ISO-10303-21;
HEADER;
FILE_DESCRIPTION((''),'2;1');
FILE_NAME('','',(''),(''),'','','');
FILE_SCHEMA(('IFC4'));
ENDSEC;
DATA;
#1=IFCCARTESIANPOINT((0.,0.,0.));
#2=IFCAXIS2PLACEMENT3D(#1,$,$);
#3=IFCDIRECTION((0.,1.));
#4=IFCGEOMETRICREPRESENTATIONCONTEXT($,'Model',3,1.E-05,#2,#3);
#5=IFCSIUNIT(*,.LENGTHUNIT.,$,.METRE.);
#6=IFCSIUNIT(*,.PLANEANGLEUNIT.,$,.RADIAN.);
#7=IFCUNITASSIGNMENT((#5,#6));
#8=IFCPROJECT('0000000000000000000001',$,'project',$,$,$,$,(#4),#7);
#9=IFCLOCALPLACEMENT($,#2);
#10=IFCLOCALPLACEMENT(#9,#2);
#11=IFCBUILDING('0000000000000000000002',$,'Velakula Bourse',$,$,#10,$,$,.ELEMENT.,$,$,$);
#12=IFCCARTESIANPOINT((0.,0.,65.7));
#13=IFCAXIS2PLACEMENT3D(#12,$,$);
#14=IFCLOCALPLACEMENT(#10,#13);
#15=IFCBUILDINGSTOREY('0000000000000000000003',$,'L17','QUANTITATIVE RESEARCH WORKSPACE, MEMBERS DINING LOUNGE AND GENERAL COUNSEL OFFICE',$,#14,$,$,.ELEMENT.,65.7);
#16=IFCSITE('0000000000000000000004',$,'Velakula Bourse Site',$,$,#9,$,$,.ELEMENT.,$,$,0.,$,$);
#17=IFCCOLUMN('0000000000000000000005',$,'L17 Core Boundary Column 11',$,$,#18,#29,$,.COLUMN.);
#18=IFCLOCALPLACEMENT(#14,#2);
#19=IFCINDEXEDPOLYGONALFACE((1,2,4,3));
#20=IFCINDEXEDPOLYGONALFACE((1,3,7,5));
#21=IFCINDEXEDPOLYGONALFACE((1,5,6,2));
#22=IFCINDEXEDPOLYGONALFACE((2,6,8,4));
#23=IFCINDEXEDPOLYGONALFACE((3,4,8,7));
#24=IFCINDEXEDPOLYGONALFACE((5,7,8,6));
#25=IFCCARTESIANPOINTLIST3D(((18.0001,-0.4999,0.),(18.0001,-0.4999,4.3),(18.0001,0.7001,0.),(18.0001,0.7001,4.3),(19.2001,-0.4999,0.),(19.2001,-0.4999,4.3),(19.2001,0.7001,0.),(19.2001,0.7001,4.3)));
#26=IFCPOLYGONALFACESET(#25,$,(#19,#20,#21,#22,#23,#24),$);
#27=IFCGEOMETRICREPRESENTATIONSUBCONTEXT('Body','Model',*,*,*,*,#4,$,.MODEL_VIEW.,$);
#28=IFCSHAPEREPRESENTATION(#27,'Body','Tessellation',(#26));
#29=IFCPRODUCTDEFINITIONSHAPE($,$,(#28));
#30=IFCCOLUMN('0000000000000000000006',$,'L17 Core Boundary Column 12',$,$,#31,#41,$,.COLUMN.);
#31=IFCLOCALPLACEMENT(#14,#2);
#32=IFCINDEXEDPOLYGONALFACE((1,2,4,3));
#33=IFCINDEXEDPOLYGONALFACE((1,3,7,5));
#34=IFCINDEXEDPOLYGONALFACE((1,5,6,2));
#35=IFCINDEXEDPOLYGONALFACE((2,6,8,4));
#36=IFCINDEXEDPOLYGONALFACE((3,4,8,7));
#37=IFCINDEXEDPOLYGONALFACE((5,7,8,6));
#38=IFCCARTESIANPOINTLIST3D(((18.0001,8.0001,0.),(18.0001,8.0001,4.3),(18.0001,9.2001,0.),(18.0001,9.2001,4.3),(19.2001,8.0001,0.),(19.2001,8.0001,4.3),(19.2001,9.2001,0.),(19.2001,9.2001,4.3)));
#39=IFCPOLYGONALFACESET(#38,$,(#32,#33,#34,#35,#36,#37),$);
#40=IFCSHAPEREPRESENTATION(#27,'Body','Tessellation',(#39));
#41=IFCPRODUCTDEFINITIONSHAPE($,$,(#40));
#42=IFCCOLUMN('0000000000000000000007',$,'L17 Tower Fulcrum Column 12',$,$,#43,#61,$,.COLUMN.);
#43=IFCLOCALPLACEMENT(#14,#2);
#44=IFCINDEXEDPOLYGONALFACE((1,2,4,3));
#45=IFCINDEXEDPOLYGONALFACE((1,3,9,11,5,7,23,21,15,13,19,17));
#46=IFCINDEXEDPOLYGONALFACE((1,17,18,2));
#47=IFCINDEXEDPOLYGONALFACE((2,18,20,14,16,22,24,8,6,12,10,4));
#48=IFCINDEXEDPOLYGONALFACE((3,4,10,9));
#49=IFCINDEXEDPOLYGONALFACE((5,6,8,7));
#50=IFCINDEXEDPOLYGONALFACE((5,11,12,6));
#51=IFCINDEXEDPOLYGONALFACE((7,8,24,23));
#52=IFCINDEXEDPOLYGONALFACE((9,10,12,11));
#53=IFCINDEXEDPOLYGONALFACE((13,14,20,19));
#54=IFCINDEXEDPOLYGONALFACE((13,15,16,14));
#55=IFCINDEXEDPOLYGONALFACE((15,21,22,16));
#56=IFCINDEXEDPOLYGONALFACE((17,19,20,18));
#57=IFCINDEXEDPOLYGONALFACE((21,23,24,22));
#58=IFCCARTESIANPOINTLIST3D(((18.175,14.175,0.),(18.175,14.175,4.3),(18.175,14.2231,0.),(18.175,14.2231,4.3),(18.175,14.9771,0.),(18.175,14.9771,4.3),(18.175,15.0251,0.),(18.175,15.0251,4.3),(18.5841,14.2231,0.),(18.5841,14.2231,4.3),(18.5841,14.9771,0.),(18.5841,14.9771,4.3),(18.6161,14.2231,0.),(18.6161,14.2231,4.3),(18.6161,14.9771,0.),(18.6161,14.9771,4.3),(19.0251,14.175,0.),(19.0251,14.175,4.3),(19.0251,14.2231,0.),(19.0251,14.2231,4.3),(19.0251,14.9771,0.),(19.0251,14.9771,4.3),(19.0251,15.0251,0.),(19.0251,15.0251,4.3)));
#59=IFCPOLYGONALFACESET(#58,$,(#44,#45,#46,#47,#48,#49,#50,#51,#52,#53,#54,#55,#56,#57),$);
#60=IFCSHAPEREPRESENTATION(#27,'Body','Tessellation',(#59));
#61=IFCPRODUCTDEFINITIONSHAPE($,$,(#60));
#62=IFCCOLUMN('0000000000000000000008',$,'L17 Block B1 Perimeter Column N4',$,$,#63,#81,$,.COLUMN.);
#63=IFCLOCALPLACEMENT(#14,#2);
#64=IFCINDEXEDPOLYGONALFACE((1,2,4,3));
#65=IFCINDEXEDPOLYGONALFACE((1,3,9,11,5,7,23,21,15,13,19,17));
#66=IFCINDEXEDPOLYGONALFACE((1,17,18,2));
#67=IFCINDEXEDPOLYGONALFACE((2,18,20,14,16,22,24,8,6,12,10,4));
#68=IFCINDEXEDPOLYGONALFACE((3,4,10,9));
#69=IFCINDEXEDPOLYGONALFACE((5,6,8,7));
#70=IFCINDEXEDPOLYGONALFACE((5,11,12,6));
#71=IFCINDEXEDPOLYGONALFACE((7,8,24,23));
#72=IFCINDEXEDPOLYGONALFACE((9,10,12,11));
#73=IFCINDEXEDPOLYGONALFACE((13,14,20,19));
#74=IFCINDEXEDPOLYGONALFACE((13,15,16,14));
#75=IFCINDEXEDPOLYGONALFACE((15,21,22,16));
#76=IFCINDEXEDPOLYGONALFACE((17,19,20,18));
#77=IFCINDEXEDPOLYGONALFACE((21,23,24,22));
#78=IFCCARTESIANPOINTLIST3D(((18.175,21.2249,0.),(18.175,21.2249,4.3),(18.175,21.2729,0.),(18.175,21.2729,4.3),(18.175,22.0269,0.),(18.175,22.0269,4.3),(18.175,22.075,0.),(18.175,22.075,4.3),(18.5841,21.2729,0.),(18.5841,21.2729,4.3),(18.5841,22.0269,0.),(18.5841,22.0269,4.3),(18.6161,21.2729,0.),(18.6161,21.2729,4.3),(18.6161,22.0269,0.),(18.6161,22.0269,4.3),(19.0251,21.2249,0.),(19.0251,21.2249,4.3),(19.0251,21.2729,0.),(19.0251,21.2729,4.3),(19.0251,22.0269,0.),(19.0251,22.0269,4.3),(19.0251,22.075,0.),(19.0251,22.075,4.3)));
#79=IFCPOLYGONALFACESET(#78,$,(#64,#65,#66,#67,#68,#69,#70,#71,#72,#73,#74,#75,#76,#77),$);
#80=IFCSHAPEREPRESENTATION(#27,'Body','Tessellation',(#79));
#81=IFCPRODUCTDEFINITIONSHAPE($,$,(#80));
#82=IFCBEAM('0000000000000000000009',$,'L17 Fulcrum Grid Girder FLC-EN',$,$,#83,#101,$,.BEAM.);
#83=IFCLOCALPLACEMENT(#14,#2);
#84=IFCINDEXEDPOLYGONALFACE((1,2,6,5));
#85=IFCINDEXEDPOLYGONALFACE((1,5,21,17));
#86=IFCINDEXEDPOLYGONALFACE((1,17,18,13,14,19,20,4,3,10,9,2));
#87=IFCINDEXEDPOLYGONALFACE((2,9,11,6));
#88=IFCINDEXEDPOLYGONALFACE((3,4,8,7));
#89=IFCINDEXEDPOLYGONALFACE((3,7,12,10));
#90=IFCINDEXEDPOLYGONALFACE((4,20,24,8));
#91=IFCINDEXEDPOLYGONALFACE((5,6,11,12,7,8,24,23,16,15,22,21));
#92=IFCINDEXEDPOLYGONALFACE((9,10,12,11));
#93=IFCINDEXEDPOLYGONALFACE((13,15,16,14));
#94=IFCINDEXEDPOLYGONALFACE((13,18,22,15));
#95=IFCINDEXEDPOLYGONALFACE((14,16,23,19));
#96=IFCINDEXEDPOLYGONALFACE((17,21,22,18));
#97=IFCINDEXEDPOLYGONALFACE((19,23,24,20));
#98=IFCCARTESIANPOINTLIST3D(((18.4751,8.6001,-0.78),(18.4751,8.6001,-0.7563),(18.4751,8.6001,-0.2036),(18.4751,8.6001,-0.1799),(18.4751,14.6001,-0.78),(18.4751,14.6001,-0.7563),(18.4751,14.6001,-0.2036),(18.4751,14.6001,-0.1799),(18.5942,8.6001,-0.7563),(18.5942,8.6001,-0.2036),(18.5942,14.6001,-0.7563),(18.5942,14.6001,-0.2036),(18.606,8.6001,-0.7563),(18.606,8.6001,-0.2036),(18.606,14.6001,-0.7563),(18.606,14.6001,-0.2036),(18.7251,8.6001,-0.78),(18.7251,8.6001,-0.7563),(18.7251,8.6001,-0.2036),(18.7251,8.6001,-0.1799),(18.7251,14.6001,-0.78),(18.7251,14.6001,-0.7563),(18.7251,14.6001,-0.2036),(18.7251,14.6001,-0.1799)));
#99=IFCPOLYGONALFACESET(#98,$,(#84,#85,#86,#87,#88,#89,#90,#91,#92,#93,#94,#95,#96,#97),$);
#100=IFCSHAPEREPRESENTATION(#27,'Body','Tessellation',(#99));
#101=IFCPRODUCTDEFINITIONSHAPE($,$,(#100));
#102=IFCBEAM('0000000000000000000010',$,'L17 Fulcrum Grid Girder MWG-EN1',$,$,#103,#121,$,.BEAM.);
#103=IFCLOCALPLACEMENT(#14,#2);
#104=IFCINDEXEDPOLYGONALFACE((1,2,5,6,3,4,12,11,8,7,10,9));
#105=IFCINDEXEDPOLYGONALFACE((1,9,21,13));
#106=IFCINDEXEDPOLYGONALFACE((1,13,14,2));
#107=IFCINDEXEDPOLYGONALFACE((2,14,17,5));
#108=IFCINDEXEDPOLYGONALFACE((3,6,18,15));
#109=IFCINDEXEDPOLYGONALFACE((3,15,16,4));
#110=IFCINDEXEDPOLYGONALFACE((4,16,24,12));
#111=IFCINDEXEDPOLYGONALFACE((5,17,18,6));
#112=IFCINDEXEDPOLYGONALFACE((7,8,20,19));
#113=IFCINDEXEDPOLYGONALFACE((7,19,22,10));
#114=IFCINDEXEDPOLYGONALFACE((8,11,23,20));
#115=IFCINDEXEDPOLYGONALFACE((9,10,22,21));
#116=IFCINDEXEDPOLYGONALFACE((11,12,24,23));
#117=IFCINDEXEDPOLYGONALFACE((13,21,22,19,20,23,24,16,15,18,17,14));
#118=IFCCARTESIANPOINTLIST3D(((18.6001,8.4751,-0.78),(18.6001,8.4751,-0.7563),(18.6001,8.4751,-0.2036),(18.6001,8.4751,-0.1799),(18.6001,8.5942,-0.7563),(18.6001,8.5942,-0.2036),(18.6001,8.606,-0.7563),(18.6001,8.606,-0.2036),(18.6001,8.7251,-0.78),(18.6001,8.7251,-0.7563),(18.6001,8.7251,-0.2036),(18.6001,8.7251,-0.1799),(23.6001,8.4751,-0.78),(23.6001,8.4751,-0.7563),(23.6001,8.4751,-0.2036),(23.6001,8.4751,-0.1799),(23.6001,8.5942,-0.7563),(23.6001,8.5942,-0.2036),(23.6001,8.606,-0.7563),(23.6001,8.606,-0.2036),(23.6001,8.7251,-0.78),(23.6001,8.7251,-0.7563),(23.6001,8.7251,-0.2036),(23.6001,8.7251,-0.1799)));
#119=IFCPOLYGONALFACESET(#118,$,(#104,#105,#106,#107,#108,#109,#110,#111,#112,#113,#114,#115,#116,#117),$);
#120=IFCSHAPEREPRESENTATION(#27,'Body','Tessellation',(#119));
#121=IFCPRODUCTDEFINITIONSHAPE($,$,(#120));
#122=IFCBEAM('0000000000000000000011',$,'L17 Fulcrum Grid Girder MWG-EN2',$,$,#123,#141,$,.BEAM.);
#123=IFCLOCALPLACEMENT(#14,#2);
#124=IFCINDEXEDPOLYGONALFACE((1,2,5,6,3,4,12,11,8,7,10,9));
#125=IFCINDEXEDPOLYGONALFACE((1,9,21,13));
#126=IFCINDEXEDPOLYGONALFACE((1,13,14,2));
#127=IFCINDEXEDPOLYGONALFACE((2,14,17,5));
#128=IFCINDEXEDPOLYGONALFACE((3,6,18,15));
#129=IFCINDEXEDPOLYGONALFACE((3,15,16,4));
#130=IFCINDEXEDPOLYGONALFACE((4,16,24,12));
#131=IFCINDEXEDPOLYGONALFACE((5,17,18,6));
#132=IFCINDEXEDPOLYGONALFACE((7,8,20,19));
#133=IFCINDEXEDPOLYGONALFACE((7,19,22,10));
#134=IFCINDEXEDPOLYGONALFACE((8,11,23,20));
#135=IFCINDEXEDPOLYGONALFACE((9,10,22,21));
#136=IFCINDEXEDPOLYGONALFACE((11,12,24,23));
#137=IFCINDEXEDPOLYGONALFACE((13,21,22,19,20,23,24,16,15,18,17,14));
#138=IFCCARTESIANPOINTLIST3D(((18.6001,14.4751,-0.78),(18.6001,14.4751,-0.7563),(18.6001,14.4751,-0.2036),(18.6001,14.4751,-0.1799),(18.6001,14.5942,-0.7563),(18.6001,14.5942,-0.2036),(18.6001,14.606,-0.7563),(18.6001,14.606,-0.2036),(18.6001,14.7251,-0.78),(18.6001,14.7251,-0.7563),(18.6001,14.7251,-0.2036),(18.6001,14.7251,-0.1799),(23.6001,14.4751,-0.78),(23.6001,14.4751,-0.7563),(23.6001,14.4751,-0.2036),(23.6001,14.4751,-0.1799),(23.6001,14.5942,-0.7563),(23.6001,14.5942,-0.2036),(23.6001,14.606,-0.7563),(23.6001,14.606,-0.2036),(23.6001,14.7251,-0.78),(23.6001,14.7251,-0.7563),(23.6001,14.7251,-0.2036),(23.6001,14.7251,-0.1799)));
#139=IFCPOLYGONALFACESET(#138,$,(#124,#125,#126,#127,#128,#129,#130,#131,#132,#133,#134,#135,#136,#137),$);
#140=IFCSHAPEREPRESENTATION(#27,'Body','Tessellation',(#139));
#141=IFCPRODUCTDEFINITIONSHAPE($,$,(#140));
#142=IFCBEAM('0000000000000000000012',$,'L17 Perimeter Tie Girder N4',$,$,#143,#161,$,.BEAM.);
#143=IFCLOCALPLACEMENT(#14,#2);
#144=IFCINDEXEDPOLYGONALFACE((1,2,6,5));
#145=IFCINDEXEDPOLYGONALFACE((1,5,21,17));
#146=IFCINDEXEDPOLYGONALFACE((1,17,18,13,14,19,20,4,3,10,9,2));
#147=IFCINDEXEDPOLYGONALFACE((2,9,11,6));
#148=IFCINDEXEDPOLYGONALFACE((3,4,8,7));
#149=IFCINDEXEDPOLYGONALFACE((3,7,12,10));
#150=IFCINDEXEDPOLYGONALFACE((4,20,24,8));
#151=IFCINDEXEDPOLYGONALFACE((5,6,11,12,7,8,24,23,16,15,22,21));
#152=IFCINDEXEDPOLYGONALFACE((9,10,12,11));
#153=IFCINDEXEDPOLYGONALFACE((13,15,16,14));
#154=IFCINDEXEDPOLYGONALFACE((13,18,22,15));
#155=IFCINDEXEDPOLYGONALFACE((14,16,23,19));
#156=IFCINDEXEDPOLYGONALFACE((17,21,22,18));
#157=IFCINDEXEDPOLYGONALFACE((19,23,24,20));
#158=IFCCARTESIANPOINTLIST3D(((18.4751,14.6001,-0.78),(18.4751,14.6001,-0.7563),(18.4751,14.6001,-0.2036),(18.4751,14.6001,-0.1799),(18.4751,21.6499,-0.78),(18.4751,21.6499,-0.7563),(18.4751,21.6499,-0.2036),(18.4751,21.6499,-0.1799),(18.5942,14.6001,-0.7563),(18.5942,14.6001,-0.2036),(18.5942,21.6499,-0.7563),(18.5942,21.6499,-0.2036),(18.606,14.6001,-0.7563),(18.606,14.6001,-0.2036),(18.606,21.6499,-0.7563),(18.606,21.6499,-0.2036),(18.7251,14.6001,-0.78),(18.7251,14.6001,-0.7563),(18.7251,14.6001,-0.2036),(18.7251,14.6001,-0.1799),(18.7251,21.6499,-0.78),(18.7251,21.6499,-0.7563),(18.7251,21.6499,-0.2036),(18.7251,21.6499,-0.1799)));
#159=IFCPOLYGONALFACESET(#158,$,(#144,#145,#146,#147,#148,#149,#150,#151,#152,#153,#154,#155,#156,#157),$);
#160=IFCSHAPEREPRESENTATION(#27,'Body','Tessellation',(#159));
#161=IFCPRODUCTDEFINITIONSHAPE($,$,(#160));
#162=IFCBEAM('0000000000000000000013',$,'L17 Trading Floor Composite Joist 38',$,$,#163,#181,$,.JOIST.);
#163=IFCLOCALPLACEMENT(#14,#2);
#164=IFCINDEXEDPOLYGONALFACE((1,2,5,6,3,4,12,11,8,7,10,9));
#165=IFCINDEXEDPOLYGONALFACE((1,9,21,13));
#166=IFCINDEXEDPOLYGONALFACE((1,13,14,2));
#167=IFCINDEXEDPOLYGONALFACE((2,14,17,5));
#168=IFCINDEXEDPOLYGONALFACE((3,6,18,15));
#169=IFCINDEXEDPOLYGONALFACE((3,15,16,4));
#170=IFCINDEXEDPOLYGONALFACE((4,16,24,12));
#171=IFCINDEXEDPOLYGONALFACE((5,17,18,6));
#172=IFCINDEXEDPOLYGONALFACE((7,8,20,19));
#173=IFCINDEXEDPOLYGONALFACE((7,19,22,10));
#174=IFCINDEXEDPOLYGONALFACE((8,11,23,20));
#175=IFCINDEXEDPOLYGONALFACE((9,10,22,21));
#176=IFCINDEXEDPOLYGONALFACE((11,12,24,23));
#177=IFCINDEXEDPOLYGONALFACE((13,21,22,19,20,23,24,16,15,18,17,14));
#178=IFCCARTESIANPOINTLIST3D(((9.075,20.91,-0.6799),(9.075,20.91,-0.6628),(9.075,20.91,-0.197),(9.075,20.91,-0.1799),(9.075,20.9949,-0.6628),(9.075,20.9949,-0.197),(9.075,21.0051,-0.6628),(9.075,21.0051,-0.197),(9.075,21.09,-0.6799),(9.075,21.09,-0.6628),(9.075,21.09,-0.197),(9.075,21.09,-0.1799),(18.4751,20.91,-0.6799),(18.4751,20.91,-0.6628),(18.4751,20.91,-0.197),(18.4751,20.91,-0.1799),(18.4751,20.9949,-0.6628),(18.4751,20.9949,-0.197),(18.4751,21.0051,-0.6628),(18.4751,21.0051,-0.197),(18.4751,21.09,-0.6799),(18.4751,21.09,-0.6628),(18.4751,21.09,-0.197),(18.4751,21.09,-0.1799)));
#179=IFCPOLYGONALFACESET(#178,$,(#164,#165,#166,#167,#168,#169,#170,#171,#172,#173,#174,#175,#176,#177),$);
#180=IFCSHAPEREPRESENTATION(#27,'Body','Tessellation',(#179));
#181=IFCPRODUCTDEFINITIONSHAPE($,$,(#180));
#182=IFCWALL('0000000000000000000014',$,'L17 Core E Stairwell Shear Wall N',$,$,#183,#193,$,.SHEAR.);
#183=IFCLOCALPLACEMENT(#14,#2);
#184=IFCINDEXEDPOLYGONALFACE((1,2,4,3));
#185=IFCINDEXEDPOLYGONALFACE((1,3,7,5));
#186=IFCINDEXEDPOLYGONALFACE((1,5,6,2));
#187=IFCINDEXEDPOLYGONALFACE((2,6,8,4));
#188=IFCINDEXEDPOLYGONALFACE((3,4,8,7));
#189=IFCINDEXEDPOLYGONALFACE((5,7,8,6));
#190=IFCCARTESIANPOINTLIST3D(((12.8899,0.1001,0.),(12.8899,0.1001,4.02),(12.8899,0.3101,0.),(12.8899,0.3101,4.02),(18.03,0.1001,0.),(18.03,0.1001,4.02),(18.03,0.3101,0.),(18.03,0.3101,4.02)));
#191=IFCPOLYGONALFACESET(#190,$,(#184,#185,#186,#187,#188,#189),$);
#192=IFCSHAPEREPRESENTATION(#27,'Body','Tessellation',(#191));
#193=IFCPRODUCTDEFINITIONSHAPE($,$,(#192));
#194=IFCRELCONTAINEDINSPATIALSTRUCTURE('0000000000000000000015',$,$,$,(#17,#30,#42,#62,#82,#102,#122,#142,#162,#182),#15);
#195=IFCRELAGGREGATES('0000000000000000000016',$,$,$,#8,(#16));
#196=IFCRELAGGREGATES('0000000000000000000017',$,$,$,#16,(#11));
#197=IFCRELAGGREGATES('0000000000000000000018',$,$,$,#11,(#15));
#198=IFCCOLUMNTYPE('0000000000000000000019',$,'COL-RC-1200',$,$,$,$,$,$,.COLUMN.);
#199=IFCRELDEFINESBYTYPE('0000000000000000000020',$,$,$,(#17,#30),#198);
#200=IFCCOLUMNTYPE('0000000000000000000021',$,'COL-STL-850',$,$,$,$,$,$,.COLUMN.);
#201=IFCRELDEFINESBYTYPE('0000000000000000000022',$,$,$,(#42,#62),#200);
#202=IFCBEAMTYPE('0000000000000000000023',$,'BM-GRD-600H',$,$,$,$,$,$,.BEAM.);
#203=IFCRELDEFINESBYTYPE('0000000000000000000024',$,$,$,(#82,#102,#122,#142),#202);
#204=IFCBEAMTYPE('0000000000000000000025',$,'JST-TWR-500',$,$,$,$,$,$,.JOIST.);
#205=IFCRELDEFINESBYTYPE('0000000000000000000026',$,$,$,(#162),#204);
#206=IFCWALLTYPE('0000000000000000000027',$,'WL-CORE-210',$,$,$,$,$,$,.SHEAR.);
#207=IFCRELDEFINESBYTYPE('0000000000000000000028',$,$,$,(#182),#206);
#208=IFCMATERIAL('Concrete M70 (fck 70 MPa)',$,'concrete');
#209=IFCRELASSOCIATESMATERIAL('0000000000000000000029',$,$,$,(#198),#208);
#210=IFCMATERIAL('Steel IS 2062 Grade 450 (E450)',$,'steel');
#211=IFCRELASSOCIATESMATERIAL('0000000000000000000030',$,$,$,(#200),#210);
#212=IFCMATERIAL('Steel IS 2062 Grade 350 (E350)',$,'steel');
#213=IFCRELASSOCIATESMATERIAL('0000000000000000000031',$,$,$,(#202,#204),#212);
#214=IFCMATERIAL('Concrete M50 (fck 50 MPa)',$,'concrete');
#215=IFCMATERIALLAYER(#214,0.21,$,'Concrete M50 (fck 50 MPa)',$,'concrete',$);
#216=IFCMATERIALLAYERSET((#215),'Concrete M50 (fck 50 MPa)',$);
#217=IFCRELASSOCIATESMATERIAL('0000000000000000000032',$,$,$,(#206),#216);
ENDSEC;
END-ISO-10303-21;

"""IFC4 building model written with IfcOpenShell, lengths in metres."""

from ifc_helpers import new_model, si_unit, direction, frame, frame_2d, origin, origin_2d, place, context, subcontext, project, spatial, rectangle, i_section, extrude, material, layer, layer_set, material_profile, profile_set, type_object, element, save


model = new_model("IFC4")

# Units and contexts
model_context = context("Model", 3, precision=1e-05, world=origin(), true_north=direction((0.0, 1.0)))
body_context = subcontext(model_context, "Body", "Model", "MODEL_VIEW")
ifc_project = project(units=[si_unit("LENGTHUNIT", "METRE"), si_unit("PLANEANGLEUNIT", "RADIAN")], contexts=[model_context])

# Site, building, storey
site_placement = place(None, origin())
site = spatial("IfcSite", under=ifc_project, at=site_placement, Name="Velakula Bourse Site", CompositionType="ELEMENT", RefElevation=0.0)
building_placement = place(site_placement, origin())
building = spatial("IfcBuilding", under=site, at=building_placement, Name="Velakula Bourse", CompositionType="ELEMENT")
storey_placement = place(building_placement, frame((0.0, 0.0, 65.7)))
storey = spatial("IfcBuildingStorey", under=building, at=storey_placement, Name="L17", Description="QUANTITATIVE RESEARCH WORKSPACE, MEMBERS DINING LOUNGE AND GENERAL COUNSEL OFFICE", CompositionType="ELEMENT", Elevation=65.7)

# Columns
ifc_material_1 = material(Name="Concrete M70 (fck 70 MPa)", Category="concrete")
ifc_material_profile_1 = material_profile(ifc_material_1, rectangle(XDim=1.2, YDim=1.2, at=origin_2d()), Name="Concrete M70 (fck 70 MPa)")
ifc_profile_set_1 = profile_set([ifc_material_profile_1], Name="Concrete M70 (fck 70 MPa)")
column_type_1 = type_object("IfcColumnType", Name="COL-RC-1200", PredefinedType="COLUMN", material=ifc_profile_set_1)
for number, where, z_axis, x_axis, name in (
    (1, (18.6001, 0.1001, 0.0), (0.0, 0.0, 1.0), (1.0, 0.0, 0.0), "L17 Core Boundary Column 11"),
    (2, (18.6001, 8.6001, 0.0), (0.0, 0.0, 1.0), (1.0, 0.0, 0.0), "L17 Core Boundary Column 12"),
):
    element("IfcColumn", number, at=place(storey_placement, frame(where, z_axis=z_axis, x_axis=x_axis)), inside=storey, type_object=column_type_1, Name=name, PredefinedType="COLUMN", context=body_context, shape_type="SweptSolid", body=[
        extrude(rectangle(XDim=1.2, YDim=1.2, at=origin_2d()), origin(), (0.0, 0.0, 1.0), 4.3),
    ])
ifc_material_2 = material(Name="Steel IS 2062 Grade 450 (E450)", Category="steel")
ifc_material_profile_2 = material_profile(ifc_material_2, i_section(OverallWidth=0.8501, OverallDepth=0.8501, WebThickness=0.032, FlangeThickness=0.0481, at=origin_2d()), Name="Steel IS 2062 Grade 450 (E450)")
ifc_profile_set_2 = profile_set([ifc_material_profile_2], Name="Steel IS 2062 Grade 450 (E450)")
column_type_2 = type_object("IfcColumnType", Name="COL-STL-850", PredefinedType="COLUMN", material=ifc_profile_set_2)
for number, where, z_axis, x_axis, name in (
    (3, (18.6001, 14.6001, 0.0), (0.0, 0.0, 1.0), (1.0, 0.0, 0.0), "L17 Tower Fulcrum Column 12"),
    (4, (18.6001, 21.6499, 0.0), (0.0, 0.0, 1.0), (1.0, 0.0, 0.0), "L17 Block B1 Perimeter Column N4"),
):
    element("IfcColumn", number, at=place(storey_placement, frame(where, z_axis=z_axis, x_axis=x_axis)), inside=storey, type_object=column_type_2, Name=name, PredefinedType="COLUMN", context=body_context, shape_type="SweptSolid", body=[
        extrude(i_section(OverallWidth=0.8501, OverallDepth=0.8501, WebThickness=0.032, FlangeThickness=0.0481, at=origin_2d()), origin(), (0.0, 0.0, 1.0), 4.3),
    ])

# Beams
ifc_material_3 = material(Name="Steel IS 2062 Grade 350 (E350)", Category="steel")
ifc_material_profile_3 = material_profile(ifc_material_3, i_section(OverallWidth=0.25, OverallDepth=0.6001, WebThickness=0.0117, FlangeThickness=0.0237, at=origin_2d()), Name="Steel IS 2062 Grade 350 (E350)")
ifc_profile_set_3 = profile_set([ifc_material_profile_3], Name="Steel IS 2062 Grade 350 (E350)")
beam_type_1 = type_object("IfcBeamType", Name="BM-GRD-600H", PredefinedType="BEAM", material=ifc_profile_set_3)
beam_1_placement = place(storey_placement, frame((18.6001, 8.6001, -0.48), z_axis=(0.0, 1.0, 0.0), x_axis=(-1.0, 0.0, 0.0)))
element("IfcBeam", 5, at=beam_1_placement, inside=storey, type_object=beam_type_1, Name="L17 Fulcrum Grid Girder FLC-EN", PredefinedType="BEAM", context=body_context, shape_type="SweptSolid", body=[
    extrude(i_section(OverallWidth=0.25, OverallDepth=0.6001, WebThickness=0.0117, FlangeThickness=0.0237, at=origin_2d()), origin(), (0.0, 0.0, 1.0), 6.0),
])
for number, where, z_axis, x_axis, name in (
    (6, (18.6001, 8.6001, -0.48), (1.0, 0.0, 0.0), (0.0, 1.0, 0.0), "L17 Fulcrum Grid Girder MWG-EN1"),
    (7, (18.6001, 14.6001, -0.48), (1.0, 0.0, 0.0), (0.0, 1.0, 0.0), "L17 Fulcrum Grid Girder MWG-EN2"),
):
    element("IfcBeam", number, at=place(storey_placement, frame(where, z_axis=z_axis, x_axis=x_axis)), inside=storey, type_object=beam_type_1, Name=name, PredefinedType="BEAM", context=body_context, shape_type="SweptSolid", body=[
        extrude(i_section(OverallWidth=0.25, OverallDepth=0.6001, WebThickness=0.0117, FlangeThickness=0.0237, at=origin_2d()), origin(), (0.0, 0.0, 1.0), 5.0),
    ])
beam_2_placement = place(storey_placement, frame((18.6001, 14.6001, -0.48), z_axis=(0.0, 1.0, 0.0), x_axis=(-1.0, 0.0, 0.0)))
element("IfcBeam", 8, at=beam_2_placement, inside=storey, type_object=beam_type_1, Name="L17 Perimeter Tie Girder N4", PredefinedType="BEAM", context=body_context, shape_type="SweptSolid", body=[
    extrude(i_section(OverallWidth=0.25, OverallDepth=0.6001, WebThickness=0.0117, FlangeThickness=0.0237, at=origin_2d()), origin(), (0.0, 0.0, 1.0), 7.0498),
])
ifc_material_profile_4 = material_profile(ifc_material_3, i_section(OverallWidth=0.1799, OverallDepth=0.5, WebThickness=0.0103, FlangeThickness=0.0171, at=origin_2d()), Name="Steel IS 2062 Grade 350 (E350)")
ifc_profile_set_4 = profile_set([ifc_material_profile_4], Name="Steel IS 2062 Grade 350 (E350)")
beam_type_2 = type_object("IfcBeamType", Name="JST-TWR-500", PredefinedType="JOIST", material=ifc_profile_set_4)
beam_3_placement = place(storey_placement, frame((9.075, 21.0, -0.4299), z_axis=(1.0, 0.0, 0.0), x_axis=(0.0, 1.0, 0.0)))
element("IfcBeam", 9, at=beam_3_placement, inside=storey, type_object=beam_type_2, Name="L17 Trading Floor Composite Joist 38", PredefinedType="JOIST", context=body_context, shape_type="SweptSolid", body=[
    extrude(i_section(OverallWidth=0.1799, OverallDepth=0.5, WebThickness=0.0103, FlangeThickness=0.0171, at=origin_2d()), origin(), (0.0, 0.0, 1.0), 9.4001),
])

# Wall
ifc_material_4 = material(Name="Concrete M50 (fck 50 MPa)", Category="concrete")
ifc_layer_1 = layer(ifc_material_4, 0.21, Name="Concrete M50 (fck 50 MPa)", Category="concrete")
ifc_layer_set_1 = layer_set([ifc_layer_1], Name="Concrete M50 (fck 50 MPa)")
wall_type_1 = type_object("IfcWallType", Name="WL-CORE-210", PredefinedType="SHEAR", material=ifc_layer_set_1)
wall_1_placement = place(storey_placement, frame((18.03, 0.2051, 0.0), z_axis=(0.0, 0.0, 1.0), x_axis=(-1.0, 0.0, 0.0)))
element("IfcWall", 10, at=wall_1_placement, inside=storey, type_object=wall_type_1, Name="L17 Core E Stairwell Shear Wall N", PredefinedType="SHEAR", context=body_context, shape_type="SweptSolid", body=[
    extrude(rectangle(XDim=5.1401, YDim=0.21, at=frame_2d((2.5701, 0.0))), origin(), (0.0, 0.0, 1.0), 4.02),
])

save(model, "model.ifc")
